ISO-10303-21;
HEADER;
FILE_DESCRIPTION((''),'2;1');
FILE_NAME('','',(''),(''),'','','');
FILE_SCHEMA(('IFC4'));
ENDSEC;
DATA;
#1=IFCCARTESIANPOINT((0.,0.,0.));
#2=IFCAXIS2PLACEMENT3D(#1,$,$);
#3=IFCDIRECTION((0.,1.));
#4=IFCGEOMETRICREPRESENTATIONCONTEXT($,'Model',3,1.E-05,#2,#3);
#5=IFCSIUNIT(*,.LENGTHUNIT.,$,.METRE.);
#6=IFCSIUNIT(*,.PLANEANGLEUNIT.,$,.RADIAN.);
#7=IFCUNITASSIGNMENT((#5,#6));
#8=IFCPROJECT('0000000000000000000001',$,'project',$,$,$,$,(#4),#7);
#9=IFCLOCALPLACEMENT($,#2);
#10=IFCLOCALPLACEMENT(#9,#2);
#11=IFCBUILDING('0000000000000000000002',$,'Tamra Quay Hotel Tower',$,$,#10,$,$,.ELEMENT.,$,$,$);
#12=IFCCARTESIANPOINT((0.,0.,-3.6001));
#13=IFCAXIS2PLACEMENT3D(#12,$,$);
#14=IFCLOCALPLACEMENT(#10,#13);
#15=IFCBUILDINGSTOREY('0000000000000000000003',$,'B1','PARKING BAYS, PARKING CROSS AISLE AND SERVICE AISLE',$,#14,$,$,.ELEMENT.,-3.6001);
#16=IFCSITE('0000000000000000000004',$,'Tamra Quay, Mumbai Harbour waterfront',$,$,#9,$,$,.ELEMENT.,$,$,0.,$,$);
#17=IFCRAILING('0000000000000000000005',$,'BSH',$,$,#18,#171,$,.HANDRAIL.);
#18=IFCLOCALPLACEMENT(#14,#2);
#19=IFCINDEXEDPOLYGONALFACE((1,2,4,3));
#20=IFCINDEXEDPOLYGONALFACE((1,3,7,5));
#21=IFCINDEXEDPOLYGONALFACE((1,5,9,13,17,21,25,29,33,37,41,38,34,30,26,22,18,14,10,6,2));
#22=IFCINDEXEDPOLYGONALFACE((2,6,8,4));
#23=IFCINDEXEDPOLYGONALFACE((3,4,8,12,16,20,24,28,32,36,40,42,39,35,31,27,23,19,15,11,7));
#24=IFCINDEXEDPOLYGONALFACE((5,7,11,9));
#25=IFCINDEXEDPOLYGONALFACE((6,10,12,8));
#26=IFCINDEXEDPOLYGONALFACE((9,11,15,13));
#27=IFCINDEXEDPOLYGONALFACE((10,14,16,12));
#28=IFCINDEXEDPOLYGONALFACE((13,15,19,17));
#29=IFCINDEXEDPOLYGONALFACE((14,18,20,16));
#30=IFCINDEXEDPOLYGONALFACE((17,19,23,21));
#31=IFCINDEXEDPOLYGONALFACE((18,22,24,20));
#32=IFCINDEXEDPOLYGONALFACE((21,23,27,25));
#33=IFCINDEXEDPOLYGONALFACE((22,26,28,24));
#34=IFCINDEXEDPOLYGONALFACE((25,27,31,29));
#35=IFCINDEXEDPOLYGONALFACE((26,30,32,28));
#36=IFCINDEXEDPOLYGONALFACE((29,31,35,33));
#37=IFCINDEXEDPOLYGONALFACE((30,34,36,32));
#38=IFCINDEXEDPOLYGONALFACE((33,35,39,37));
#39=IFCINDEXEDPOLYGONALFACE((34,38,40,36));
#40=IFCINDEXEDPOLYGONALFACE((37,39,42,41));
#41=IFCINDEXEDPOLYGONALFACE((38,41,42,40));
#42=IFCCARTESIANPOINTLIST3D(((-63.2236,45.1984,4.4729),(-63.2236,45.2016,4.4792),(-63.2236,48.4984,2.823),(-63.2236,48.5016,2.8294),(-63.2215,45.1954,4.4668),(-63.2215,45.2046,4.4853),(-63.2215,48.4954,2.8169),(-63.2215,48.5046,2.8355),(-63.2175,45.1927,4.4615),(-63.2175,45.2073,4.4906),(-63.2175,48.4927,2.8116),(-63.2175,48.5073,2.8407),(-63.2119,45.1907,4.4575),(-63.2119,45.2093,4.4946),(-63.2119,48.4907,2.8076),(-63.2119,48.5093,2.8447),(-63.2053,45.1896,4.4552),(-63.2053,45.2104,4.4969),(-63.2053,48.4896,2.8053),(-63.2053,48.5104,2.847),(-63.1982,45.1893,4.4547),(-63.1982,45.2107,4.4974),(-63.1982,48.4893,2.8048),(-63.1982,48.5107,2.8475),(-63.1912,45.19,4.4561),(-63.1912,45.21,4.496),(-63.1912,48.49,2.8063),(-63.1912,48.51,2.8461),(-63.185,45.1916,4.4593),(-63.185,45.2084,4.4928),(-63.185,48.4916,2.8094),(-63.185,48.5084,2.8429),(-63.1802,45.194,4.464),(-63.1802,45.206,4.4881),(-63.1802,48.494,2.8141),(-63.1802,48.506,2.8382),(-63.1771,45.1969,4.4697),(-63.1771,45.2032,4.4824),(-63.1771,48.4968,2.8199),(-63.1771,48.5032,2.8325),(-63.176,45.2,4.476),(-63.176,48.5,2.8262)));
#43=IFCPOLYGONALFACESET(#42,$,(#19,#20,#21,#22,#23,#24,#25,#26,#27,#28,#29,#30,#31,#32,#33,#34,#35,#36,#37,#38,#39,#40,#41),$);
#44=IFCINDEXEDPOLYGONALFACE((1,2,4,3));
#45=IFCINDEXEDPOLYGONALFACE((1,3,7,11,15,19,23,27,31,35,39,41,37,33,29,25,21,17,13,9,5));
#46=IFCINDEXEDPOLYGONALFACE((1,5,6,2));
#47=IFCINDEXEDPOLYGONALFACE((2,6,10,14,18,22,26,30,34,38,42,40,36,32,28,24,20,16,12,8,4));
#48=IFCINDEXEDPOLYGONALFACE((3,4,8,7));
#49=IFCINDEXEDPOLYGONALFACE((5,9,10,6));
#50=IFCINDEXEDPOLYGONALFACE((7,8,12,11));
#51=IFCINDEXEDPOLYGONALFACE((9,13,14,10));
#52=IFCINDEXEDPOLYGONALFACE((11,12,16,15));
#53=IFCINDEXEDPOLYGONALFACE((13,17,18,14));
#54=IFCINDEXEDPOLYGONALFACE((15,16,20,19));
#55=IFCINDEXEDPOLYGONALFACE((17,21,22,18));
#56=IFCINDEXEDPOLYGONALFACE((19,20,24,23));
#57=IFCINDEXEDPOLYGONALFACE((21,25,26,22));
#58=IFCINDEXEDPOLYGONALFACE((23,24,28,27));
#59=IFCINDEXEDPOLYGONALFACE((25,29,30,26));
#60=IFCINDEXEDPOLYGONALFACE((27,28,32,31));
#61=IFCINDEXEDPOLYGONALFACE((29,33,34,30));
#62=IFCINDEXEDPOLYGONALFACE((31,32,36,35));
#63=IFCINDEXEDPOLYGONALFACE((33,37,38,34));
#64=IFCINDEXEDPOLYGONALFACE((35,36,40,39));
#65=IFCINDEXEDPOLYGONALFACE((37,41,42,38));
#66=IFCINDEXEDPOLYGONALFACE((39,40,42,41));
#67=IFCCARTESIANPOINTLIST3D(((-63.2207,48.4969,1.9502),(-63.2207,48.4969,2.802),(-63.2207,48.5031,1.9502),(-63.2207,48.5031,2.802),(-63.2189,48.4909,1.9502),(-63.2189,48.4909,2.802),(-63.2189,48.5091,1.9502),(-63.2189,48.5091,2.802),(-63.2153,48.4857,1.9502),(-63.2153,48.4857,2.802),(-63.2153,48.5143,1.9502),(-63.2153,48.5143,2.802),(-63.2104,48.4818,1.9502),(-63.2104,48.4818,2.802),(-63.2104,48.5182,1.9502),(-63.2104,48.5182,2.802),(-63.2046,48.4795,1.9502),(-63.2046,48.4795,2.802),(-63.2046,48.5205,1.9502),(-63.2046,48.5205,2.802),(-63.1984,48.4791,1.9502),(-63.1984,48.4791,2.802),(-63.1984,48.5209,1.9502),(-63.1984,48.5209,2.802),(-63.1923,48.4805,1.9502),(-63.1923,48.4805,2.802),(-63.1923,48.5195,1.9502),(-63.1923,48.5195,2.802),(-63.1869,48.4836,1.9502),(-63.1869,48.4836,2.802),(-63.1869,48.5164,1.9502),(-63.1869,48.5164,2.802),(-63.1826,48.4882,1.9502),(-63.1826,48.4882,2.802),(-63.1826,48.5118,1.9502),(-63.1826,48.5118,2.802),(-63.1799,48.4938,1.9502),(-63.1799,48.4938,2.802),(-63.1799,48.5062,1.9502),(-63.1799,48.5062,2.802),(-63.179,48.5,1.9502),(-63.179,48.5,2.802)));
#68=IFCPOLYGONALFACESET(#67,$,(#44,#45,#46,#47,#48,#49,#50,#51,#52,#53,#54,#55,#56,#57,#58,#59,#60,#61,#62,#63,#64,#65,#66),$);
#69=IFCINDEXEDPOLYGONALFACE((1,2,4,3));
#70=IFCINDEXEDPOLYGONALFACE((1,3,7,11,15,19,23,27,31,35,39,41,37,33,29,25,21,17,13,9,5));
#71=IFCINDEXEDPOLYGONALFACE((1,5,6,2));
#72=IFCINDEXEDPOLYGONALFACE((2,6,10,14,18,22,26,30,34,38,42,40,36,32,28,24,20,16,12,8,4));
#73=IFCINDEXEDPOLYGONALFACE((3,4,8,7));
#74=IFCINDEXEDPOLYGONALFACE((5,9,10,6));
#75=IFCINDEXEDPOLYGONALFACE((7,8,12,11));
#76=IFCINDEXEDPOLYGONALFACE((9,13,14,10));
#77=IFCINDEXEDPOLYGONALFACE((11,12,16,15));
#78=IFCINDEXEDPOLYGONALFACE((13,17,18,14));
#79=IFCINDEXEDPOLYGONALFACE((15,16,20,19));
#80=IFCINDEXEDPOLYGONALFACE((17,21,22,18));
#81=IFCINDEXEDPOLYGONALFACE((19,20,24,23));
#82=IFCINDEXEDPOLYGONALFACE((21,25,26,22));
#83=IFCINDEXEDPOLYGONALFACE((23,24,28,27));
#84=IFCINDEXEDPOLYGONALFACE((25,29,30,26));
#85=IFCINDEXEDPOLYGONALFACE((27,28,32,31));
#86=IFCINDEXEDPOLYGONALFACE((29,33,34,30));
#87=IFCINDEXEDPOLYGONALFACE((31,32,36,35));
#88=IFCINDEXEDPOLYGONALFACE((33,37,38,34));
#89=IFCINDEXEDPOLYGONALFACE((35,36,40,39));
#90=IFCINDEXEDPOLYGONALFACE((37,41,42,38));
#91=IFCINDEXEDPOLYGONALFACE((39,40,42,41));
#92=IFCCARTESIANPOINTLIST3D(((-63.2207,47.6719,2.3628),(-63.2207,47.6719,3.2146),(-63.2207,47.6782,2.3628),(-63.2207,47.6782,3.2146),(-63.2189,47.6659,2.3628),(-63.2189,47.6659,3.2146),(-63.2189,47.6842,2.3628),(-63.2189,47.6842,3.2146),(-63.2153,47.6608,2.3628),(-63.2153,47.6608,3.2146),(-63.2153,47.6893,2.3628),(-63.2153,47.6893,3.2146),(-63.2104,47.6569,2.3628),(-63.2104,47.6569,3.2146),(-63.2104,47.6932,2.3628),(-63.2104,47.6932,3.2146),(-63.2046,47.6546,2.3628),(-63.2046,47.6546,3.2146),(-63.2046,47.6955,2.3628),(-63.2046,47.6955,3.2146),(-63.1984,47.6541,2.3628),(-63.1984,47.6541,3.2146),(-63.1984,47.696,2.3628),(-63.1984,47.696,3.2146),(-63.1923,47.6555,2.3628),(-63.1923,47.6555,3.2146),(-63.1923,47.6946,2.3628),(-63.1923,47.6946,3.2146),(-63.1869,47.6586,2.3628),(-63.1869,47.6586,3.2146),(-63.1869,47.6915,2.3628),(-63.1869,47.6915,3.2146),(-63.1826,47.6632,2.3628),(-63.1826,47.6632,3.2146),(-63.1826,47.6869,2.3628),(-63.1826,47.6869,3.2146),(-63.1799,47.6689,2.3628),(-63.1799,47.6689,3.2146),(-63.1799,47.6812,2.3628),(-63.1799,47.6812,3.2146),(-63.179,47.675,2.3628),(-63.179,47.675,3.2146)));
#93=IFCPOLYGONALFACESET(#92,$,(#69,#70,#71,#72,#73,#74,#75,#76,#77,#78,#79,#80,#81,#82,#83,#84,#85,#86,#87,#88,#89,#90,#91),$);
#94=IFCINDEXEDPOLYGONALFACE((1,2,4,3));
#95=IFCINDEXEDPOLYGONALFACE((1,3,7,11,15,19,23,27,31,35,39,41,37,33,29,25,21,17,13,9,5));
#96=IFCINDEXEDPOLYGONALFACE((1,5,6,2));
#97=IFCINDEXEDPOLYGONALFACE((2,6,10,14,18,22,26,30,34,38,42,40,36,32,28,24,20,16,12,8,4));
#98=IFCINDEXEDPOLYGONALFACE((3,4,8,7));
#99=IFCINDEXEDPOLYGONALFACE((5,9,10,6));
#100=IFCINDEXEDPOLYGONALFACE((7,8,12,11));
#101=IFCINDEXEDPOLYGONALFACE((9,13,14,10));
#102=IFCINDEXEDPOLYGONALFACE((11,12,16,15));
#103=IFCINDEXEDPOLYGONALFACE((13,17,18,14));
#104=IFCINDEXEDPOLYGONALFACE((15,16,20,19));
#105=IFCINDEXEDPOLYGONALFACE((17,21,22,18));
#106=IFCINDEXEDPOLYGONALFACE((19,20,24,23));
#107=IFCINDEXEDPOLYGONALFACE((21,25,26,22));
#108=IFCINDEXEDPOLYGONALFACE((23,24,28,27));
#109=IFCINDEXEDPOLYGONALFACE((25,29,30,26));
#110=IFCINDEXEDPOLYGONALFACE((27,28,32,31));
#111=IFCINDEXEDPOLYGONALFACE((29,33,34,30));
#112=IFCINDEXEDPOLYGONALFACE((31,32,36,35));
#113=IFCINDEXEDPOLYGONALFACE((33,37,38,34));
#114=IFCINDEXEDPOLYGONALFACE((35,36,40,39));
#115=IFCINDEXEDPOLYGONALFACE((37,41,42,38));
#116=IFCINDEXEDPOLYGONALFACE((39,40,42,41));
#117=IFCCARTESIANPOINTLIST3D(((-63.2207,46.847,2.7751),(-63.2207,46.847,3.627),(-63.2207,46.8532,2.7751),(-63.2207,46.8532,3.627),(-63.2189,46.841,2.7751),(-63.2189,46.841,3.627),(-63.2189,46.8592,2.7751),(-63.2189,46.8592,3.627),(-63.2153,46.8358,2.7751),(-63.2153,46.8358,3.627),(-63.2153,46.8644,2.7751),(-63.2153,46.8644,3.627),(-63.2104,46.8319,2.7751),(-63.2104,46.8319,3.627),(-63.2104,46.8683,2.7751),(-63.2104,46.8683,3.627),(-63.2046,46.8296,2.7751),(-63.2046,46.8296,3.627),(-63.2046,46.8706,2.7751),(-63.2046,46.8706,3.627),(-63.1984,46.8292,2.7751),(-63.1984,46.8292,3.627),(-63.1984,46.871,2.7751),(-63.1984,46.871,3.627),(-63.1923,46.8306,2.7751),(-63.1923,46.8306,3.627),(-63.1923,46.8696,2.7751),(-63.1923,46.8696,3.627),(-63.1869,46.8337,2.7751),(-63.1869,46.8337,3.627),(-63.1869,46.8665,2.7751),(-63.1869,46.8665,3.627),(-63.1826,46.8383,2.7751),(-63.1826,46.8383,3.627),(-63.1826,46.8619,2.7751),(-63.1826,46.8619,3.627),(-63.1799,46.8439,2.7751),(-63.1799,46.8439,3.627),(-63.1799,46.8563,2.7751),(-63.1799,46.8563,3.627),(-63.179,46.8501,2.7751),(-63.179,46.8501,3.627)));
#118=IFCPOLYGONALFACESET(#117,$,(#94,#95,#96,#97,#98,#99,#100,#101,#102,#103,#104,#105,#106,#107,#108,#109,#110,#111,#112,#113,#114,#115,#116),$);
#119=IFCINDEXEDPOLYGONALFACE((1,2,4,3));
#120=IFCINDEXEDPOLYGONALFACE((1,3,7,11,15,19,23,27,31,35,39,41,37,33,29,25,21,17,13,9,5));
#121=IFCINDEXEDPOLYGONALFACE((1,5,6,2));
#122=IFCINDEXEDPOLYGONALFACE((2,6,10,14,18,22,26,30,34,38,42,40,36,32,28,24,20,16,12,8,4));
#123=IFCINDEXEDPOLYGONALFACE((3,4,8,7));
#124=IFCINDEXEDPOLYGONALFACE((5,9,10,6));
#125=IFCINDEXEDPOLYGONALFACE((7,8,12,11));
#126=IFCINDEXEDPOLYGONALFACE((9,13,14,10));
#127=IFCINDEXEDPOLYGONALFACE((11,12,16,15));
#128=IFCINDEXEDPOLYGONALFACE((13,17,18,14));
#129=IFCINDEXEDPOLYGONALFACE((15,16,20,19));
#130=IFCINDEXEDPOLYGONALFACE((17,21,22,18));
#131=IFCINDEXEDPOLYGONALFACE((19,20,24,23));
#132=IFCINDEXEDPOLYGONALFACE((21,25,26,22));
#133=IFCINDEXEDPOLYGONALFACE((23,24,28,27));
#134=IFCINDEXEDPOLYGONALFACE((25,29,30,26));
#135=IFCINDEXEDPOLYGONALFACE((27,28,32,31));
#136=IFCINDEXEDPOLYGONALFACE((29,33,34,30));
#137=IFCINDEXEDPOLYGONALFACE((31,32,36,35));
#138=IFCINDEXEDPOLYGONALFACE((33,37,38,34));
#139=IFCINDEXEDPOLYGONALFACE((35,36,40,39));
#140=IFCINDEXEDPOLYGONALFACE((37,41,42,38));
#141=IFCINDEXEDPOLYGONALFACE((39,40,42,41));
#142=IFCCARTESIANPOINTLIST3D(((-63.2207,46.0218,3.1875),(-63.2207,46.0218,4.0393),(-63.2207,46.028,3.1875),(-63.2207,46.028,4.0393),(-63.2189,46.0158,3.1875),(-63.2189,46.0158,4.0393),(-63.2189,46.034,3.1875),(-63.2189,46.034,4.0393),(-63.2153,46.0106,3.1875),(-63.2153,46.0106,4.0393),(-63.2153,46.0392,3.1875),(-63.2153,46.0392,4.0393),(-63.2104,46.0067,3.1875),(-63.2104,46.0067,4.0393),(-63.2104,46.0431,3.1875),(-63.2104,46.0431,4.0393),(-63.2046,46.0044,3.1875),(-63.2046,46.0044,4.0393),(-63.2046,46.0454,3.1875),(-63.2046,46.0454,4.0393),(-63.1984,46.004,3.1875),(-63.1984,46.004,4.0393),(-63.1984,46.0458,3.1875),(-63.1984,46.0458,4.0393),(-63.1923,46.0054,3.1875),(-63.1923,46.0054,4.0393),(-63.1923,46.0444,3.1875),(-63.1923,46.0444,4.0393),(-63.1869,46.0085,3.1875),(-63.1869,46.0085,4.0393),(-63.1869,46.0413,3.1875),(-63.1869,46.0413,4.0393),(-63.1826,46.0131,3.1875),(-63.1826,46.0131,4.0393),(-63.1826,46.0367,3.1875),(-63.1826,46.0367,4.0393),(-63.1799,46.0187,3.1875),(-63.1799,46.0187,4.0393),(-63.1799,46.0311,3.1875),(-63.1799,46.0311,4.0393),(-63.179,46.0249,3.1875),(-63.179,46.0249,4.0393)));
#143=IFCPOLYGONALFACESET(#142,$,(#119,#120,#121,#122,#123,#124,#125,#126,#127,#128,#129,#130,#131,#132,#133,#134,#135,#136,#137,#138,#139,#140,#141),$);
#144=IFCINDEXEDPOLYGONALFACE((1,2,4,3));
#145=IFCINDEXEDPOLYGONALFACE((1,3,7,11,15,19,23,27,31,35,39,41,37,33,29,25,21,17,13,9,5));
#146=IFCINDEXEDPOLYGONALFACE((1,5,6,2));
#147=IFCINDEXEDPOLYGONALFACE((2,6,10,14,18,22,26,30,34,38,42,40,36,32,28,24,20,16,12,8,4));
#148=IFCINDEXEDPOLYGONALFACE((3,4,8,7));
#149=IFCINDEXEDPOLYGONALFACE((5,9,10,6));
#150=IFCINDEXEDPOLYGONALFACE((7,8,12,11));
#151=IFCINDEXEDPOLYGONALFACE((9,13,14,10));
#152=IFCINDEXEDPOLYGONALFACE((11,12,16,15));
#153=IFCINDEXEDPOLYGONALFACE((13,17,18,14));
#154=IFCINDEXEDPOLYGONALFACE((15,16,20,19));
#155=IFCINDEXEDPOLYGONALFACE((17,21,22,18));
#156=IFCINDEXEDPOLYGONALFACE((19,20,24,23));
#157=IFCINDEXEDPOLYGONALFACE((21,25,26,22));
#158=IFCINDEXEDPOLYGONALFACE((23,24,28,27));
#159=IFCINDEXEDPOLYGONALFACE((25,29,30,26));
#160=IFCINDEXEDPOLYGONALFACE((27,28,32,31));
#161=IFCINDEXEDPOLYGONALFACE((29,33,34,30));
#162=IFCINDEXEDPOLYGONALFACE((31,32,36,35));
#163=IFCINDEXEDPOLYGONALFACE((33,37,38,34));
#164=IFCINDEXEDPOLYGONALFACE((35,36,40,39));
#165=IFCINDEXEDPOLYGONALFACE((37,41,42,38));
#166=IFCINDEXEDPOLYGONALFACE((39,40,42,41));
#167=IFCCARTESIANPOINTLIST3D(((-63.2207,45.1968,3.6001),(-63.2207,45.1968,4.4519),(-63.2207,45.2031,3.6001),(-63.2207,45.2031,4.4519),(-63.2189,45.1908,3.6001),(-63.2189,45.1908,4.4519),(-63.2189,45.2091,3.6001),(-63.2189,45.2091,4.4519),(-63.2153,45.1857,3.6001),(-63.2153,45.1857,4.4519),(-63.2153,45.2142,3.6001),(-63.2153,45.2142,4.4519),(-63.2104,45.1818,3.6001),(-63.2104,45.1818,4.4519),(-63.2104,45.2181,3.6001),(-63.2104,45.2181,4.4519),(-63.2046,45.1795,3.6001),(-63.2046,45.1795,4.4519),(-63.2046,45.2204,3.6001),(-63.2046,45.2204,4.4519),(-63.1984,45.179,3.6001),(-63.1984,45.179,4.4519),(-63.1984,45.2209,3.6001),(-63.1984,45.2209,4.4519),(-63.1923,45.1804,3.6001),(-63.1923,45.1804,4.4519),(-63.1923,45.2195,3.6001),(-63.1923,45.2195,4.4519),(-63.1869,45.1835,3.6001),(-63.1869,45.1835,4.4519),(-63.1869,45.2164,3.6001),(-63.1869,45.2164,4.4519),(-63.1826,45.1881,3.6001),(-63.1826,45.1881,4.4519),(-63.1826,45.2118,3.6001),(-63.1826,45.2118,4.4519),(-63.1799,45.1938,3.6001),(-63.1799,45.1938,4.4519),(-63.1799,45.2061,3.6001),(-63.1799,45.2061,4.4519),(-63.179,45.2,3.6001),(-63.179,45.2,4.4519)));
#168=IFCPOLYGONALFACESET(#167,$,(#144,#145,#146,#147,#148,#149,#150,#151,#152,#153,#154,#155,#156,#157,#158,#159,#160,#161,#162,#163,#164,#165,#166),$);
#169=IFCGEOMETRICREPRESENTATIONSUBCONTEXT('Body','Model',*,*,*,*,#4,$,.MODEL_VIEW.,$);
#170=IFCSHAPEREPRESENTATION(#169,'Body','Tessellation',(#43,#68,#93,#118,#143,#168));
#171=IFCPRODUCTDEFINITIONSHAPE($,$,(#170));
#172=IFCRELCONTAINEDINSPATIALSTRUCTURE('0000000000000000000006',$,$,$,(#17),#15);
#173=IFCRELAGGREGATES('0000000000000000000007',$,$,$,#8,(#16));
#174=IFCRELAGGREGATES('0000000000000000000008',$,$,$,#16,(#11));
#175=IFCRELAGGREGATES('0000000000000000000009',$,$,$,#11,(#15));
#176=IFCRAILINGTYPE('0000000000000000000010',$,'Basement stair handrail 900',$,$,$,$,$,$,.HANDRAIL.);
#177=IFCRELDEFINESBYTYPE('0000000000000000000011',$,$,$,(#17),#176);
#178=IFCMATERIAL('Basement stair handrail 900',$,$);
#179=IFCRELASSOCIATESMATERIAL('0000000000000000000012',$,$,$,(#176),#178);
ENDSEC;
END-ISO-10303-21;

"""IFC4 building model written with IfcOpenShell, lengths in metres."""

from ifc_helpers import new_model, si_unit, direction, frame, origin, origin_2d, place, context, subcontext, project, spatial, circle, extrude, material, type_object, element, save


model = new_model("IFC4")

# Units and contexts
model_context = context("Model", 3, precision=1e-05, world=origin(), true_north=direction((0.0, 1.0)))
body_context = subcontext(model_context, "Body", "Model", "MODEL_VIEW")
ifc_project = project(units=[si_unit("LENGTHUNIT", "METRE"), si_unit("PLANEANGLEUNIT", "RADIAN")], contexts=[model_context])

# Site, building, storey
site_placement = place(None, origin())
site = spatial("IfcSite", under=ifc_project, at=site_placement, Name="Tamra Quay, Mumbai Harbour waterfront", CompositionType="ELEMENT", RefElevation=0.0)
building_placement = place(site_placement, origin())
building = spatial("IfcBuilding", under=site, at=building_placement, Name="Tamra Quay Hotel Tower", CompositionType="ELEMENT")
storey_placement = place(building_placement, frame((0.0, 0.0, -3.6001)))
storey = spatial("IfcBuildingStorey", under=building, at=storey_placement, Name="B1", Description="PARKING BAYS, PARKING CROSS AISLE AND SERVICE AISLE", CompositionType="ELEMENT", Elevation=-3.6001)

# Railing
ifc_material_1 = material(Name="Basement stair handrail 900")
railing_type_1 = type_object("IfcRailingType", Name="Basement stair handrail 900", PredefinedType="HANDRAIL", material=ifc_material_1)
railing_1_placement = place(storey_placement, frame((-63.2, 48.5, 1.9502)))
element("IfcRailing", 1, at=railing_1_placement, inside=storey, type_object=railing_type_1, Name="BSH", PredefinedType="HANDRAIL", context=body_context, shape_type="SweptSolid", body=[
    extrude(circle(Radius=0.0239, at=origin_2d()), frame((0.0, 0.0, 0.876), z_axis=(0.0, -0.89444, 0.447187), x_axis=(1.0, 0.0, 0.0)), (0.0, 0.0, 1.0), 3.6895),
    extrude(circle(Radius=0.021, at=origin_2d()), origin(), (0.0, 0.0, 1.0), 0.8518),
    extrude(circle(Radius=0.021, at=origin_2d()), frame((0.0, -0.825, 0.4126)), (0.0, 0.0, 1.0), 0.8518),
    extrude(circle(Radius=0.021, at=origin_2d()), frame((0.0, -1.6499, 0.825)), (0.0, 0.0, 1.0), 0.8518),
    extrude(circle(Radius=0.021, at=origin_2d()), frame((0.0, -2.4751, 1.2373)), (0.0, 0.0, 1.0), 0.8518),
    extrude(circle(Radius=0.021, at=origin_2d()), frame((0.0, -3.3, 1.6499)), (0.0, 0.0, 1.0), 0.8518),
])

save(model, "model.ifc")
